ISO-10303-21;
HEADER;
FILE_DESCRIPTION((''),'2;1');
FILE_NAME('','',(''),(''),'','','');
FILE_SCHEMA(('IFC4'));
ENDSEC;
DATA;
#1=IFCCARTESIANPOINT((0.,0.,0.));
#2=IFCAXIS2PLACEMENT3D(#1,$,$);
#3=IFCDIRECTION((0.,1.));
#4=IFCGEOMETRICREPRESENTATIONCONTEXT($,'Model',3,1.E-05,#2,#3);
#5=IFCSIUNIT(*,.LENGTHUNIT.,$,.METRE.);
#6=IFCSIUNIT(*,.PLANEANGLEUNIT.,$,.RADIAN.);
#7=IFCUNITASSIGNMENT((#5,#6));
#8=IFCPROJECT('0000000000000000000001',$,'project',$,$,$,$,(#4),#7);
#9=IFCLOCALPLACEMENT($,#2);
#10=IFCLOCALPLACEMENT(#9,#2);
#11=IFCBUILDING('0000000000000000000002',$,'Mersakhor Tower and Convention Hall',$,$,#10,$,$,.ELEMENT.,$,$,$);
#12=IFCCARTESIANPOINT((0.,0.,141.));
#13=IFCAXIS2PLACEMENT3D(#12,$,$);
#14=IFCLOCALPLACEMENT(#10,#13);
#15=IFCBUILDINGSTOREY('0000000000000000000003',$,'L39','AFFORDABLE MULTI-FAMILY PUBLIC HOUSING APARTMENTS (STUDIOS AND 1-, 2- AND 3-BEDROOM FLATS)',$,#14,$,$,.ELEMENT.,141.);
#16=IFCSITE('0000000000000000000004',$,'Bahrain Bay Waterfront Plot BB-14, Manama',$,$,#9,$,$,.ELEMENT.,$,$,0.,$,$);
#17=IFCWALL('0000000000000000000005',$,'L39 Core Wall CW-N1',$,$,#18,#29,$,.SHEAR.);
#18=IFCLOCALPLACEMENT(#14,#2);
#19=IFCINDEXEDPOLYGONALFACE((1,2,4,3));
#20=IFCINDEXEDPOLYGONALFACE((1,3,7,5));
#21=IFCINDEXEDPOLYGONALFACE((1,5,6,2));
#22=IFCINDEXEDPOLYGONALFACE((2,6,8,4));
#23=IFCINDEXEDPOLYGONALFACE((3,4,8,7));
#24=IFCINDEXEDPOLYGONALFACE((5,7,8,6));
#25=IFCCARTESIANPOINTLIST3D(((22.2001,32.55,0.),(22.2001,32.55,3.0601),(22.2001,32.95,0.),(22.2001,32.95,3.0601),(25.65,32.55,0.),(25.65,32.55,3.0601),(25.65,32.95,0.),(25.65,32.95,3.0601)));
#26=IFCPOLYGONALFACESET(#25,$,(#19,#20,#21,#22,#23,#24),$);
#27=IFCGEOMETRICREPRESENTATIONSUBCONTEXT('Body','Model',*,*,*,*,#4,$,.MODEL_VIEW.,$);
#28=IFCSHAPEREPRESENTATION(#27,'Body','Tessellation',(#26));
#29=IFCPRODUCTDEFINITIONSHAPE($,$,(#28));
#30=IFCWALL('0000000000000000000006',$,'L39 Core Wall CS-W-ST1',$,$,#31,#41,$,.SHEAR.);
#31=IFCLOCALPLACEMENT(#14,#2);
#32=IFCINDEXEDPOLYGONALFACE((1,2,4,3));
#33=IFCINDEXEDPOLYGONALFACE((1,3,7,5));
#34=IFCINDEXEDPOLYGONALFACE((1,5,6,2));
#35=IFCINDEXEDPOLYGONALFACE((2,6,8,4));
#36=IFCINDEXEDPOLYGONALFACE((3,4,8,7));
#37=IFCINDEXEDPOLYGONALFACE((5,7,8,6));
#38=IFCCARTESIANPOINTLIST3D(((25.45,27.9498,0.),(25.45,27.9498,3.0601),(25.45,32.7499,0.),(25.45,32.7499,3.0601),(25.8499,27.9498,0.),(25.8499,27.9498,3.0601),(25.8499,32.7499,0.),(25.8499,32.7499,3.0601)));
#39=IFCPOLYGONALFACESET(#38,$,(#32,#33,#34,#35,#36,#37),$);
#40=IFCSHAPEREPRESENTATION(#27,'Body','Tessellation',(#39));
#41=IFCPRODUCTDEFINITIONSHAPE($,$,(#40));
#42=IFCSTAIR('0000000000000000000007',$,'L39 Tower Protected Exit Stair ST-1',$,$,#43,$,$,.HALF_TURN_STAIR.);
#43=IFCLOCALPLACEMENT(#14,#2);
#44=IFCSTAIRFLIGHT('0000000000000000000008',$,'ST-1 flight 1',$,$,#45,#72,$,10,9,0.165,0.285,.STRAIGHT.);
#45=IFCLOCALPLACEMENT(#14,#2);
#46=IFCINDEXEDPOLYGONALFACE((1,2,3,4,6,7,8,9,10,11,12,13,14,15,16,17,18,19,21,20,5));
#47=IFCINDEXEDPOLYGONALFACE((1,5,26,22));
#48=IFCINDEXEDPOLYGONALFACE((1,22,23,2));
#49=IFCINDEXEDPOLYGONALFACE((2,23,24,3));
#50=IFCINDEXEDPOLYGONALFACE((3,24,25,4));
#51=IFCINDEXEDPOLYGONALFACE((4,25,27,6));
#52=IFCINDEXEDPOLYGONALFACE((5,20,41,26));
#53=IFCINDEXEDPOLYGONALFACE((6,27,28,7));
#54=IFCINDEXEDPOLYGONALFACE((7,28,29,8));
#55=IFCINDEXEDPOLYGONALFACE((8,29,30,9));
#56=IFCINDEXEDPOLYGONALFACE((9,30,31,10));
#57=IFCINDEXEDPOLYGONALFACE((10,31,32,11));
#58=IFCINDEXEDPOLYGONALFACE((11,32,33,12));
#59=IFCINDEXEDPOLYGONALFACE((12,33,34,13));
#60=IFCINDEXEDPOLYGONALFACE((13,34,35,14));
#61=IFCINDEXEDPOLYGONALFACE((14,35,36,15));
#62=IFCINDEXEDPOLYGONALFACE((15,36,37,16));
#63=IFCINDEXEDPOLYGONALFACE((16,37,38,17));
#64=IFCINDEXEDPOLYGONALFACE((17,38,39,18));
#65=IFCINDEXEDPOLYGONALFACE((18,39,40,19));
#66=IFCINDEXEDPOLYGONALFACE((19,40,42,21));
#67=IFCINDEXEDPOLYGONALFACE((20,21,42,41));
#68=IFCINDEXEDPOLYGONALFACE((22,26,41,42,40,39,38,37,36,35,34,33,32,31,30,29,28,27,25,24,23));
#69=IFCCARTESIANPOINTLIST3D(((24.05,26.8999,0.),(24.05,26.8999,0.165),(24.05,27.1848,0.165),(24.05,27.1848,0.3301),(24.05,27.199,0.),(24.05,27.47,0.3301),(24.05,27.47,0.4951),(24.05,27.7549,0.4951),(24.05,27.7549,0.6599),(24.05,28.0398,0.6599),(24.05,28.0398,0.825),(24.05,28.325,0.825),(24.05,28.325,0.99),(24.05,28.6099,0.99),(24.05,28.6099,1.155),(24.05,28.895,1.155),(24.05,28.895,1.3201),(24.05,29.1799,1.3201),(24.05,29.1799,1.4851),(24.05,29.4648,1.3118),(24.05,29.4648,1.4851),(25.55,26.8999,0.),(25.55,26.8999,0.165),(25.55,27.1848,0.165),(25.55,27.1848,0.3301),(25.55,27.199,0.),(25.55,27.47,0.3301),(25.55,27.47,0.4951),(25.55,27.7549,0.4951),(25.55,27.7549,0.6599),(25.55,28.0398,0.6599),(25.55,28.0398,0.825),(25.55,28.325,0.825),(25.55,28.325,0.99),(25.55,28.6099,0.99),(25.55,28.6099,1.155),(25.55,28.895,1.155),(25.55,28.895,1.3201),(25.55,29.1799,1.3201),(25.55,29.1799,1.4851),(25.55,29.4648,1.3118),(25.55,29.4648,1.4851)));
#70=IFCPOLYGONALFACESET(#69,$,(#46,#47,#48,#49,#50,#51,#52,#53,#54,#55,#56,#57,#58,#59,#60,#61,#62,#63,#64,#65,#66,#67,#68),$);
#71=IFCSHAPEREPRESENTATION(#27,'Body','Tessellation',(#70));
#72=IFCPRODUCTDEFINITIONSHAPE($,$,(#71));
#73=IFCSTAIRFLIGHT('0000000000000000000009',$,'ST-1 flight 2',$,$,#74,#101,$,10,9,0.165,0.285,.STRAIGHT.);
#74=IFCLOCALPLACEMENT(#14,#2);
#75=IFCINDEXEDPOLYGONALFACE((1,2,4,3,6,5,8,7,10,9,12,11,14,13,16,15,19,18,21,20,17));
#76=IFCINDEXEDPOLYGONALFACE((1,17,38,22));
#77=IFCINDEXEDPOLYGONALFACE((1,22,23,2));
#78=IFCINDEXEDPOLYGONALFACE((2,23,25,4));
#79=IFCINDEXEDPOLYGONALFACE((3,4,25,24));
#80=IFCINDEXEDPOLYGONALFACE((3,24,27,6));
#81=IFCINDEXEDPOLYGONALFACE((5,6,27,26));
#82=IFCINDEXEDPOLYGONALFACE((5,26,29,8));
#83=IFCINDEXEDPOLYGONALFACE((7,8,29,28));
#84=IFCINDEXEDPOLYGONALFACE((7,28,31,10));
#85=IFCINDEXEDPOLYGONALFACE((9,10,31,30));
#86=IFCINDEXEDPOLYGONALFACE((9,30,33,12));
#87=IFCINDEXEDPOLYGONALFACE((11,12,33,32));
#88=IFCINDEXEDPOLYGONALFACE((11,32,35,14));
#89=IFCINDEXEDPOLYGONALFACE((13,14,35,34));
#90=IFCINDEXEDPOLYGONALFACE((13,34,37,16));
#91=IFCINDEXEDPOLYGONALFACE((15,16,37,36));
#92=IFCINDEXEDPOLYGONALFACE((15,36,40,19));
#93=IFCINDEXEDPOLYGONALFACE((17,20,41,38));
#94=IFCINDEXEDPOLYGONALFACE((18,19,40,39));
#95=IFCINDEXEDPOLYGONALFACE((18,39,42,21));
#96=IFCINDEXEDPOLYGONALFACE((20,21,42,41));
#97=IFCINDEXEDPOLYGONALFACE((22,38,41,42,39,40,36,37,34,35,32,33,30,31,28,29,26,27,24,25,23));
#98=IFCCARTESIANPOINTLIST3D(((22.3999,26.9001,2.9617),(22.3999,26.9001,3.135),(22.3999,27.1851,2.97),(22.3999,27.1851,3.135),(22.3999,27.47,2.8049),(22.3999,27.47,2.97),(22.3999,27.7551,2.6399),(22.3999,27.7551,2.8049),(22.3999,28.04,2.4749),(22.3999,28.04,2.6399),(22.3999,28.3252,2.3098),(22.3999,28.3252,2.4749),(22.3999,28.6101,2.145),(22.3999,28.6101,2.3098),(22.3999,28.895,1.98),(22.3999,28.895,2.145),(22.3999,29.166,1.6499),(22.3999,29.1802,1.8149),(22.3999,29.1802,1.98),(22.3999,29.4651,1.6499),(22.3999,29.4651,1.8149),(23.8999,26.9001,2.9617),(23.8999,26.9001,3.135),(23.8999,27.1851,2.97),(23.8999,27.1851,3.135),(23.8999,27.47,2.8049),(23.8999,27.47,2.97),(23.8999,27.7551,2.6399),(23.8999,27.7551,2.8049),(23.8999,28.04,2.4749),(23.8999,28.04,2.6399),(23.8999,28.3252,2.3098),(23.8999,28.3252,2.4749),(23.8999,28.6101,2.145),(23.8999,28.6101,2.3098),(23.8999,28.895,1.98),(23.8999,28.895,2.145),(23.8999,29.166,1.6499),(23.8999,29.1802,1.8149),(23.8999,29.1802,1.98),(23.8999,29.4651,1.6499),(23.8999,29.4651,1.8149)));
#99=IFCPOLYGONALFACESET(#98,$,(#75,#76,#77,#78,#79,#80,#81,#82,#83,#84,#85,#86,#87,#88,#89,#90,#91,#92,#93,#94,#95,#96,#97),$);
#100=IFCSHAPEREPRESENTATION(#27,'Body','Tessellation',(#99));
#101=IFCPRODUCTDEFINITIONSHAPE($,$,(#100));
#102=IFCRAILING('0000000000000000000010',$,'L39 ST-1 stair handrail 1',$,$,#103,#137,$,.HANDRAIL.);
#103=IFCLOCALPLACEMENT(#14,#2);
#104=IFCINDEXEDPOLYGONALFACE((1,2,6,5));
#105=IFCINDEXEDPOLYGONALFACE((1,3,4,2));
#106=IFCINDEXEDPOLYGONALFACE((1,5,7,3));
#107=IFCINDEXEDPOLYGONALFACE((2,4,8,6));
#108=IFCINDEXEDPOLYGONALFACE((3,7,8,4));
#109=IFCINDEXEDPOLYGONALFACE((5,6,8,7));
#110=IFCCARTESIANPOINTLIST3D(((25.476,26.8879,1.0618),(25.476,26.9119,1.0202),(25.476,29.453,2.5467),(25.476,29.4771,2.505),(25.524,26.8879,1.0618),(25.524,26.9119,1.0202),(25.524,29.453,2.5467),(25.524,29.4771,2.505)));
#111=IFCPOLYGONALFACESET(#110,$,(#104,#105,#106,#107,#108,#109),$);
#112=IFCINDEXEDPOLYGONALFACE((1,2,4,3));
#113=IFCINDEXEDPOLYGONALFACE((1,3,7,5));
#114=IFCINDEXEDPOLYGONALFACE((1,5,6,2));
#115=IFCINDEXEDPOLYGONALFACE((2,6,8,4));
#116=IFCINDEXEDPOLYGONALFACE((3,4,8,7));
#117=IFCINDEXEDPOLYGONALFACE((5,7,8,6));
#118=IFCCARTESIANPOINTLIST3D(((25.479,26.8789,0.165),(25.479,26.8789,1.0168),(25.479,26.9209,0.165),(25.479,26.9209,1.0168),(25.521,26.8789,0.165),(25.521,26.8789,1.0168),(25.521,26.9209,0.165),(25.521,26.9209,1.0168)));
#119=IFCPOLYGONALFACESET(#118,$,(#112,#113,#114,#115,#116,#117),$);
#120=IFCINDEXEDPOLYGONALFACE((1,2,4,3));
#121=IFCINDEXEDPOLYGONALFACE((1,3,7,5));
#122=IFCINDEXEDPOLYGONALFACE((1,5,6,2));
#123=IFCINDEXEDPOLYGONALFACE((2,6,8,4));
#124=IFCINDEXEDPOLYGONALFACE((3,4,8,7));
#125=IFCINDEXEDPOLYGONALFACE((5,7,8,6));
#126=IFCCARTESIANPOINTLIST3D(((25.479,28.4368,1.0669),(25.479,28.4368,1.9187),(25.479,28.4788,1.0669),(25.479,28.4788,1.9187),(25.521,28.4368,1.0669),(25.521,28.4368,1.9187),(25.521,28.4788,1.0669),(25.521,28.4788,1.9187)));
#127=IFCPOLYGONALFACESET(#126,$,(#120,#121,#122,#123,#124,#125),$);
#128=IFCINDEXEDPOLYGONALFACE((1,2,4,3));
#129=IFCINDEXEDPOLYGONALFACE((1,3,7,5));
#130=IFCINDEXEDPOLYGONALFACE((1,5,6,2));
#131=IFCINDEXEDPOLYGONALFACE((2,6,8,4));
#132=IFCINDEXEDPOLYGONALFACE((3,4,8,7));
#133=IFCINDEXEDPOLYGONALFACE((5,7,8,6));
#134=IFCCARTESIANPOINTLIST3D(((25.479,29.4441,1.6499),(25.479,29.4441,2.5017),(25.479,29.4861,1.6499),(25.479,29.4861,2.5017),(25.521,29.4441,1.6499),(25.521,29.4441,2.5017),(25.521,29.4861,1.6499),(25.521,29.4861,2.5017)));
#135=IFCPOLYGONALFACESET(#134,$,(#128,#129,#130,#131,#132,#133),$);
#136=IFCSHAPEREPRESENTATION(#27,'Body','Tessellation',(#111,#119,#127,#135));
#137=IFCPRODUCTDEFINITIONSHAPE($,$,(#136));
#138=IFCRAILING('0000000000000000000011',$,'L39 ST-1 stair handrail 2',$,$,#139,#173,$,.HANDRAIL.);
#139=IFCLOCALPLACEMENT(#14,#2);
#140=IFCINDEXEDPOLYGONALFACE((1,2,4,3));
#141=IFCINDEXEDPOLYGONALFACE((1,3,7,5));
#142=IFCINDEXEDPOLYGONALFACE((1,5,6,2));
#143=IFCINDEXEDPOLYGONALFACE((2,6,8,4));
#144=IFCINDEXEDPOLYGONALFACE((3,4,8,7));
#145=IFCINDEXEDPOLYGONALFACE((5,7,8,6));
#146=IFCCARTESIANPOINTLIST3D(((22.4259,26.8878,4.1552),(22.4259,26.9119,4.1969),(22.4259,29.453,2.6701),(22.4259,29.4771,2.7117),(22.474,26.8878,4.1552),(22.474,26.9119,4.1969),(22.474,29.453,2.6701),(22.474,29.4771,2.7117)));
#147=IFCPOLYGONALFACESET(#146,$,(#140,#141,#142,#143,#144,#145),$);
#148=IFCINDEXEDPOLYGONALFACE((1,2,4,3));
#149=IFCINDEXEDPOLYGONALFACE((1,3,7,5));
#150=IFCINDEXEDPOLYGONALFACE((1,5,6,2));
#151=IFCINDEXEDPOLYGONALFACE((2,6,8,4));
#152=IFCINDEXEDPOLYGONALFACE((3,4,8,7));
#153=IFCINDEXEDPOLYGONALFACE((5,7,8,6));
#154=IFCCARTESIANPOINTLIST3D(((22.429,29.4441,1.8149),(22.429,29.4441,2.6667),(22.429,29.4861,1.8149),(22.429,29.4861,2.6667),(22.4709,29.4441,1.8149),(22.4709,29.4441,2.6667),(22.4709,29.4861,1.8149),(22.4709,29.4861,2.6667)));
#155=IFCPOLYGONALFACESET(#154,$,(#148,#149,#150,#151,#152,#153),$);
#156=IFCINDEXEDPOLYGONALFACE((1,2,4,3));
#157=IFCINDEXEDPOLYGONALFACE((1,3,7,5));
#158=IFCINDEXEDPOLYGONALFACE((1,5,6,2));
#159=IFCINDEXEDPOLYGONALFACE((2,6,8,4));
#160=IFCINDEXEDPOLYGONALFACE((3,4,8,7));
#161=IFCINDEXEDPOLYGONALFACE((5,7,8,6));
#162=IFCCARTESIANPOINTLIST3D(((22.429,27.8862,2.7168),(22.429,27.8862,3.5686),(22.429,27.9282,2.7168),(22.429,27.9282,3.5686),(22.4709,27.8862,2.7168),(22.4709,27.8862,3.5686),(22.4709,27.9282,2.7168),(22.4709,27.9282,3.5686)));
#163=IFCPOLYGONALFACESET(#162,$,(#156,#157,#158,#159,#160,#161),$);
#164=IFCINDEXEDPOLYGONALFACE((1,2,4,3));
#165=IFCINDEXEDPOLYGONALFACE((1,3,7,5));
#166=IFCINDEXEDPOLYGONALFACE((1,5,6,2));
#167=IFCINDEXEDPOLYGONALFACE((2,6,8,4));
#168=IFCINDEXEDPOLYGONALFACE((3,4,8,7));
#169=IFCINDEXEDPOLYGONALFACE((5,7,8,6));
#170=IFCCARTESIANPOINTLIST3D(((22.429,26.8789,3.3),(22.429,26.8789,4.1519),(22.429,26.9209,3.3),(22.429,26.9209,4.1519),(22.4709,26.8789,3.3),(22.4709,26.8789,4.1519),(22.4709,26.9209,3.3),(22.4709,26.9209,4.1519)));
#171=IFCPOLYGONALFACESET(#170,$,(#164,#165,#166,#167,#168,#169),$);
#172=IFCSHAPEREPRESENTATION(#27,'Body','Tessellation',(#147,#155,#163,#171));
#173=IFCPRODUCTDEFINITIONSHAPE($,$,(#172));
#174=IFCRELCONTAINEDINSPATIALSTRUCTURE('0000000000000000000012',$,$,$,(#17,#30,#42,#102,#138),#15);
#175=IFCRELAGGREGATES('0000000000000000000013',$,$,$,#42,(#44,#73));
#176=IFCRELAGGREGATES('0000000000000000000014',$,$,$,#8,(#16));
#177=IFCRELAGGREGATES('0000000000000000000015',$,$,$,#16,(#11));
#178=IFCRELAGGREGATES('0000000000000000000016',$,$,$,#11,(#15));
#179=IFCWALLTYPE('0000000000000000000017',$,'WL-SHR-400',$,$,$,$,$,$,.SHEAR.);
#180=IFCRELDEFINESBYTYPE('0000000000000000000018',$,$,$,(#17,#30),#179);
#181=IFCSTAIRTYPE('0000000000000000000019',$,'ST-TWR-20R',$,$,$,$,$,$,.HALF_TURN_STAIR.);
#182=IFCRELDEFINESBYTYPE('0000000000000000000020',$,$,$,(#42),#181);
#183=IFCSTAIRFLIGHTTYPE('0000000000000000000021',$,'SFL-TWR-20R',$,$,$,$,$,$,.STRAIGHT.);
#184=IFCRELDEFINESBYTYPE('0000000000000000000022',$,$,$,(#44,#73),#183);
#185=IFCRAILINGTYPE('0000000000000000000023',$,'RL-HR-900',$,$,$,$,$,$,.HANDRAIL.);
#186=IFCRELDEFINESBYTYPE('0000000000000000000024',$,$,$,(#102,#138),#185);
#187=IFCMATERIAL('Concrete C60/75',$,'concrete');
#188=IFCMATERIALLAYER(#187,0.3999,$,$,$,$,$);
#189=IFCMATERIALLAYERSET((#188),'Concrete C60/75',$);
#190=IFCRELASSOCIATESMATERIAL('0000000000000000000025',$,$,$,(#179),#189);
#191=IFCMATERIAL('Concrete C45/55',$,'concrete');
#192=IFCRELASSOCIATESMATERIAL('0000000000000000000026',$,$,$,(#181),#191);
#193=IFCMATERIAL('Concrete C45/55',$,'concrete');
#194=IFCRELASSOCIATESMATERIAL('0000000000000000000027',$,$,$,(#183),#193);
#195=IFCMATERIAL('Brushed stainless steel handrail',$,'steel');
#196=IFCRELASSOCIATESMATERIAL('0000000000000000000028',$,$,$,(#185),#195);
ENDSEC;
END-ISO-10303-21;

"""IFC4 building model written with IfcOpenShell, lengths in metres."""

from ifc_helpers import new_model, si_unit, direction, frame, frame_2d, origin, origin_2d, place, context, subcontext, project, spatial, polyline, rectangle, outline, extrude, material, layer, layer_set, type_object, element, aggregate, save


model = new_model("IFC4")

# Units and contexts
model_context = context("Model", 3, precision=1e-05, world=origin(), true_north=direction((0.0, 1.0)))
body_context = subcontext(model_context, "Body", "Model", "MODEL_VIEW")
ifc_project = project(units=[si_unit("LENGTHUNIT", "METRE"), si_unit("PLANEANGLEUNIT", "RADIAN")], contexts=[model_context])

# Site, building, storey
site_placement = place(None, origin())
site = spatial("IfcSite", under=ifc_project, at=site_placement, Name="Bahrain Bay Waterfront Plot BB-14, Manama", CompositionType="ELEMENT", RefElevation=0.0)
building_placement = place(site_placement, origin())
building = spatial("IfcBuilding", under=site, at=building_placement, Name="Mersakhor Tower and Convention Hall", CompositionType="ELEMENT")
storey_placement = place(building_placement, frame((0.0, 0.0, 141.0)))
storey = spatial("IfcBuildingStorey", under=building, at=storey_placement, Name="L39", Description="AFFORDABLE MULTI-FAMILY PUBLIC HOUSING APARTMENTS (STUDIOS AND 1-, 2- AND 3-BEDROOM FLATS)", CompositionType="ELEMENT", Elevation=141.0)

# Wall
ifc_material_1 = material(Name="Concrete C60/75", Category="concrete")
ifc_layer_1 = layer(ifc_material_1, 0.3999)
ifc_layer_set_1 = layer_set([ifc_layer_1], Name="Concrete C60/75")
wall_type_1 = type_object("IfcWallType", Name="WL-SHR-400", PredefinedType="SHEAR", material=ifc_layer_set_1)
wall_1_placement = place(storey_placement, frame((22.2, 32.75, 0.0), z_axis=(0.0, 0.0, 1.0), x_axis=(1.0, 0.0, 0.0)))
element("IfcWall", 1, at=wall_1_placement, inside=storey, type_object=wall_type_1, Name="L39 Core Wall CW-N1", PredefinedType="SHEAR", context=body_context, shape_type="SweptSolid", body=[
    extrude(rectangle(XDim=3.45, YDim=0.3999, at=frame_2d((1.7251, 0.0))), origin(), (0.0, 0.0, 1.0), 3.0601),
])

# Wall
wall_2_placement = place(storey_placement, frame((25.6499, 27.95, 0.0), z_axis=(0.0, 0.0, 1.0), x_axis=(0.0, 1.0, 0.0)))
element("IfcWall", 2, at=wall_2_placement, inside=storey, type_object=wall_type_1, Name="L39 Core Wall CS-W-ST1", PredefinedType="SHEAR", context=body_context, shape_type="SweptSolid", body=[
    extrude(rectangle(XDim=4.8, YDim=0.3999, at=frame_2d((2.3999, 0.0))), origin(), (0.0, 0.0, 1.0), 3.0601),
])

# Stair, stair flights
ifc_material_2 = material(Name="Concrete C45/55", Category="concrete")
stair_type = type_object("IfcStairType", Name="ST-TWR-20R", PredefinedType="HALF_TURN_STAIR", material=ifc_material_2)
stair_placement = place(storey_placement, origin())
stair = element("IfcStair", 3, at=stair_placement, inside=storey, type_object=stair_type, Name="L39 Tower Protected Exit Stair ST-1", PredefinedType="HALF_TURN_STAIR")
ifc_material_3 = material(Name="Concrete C45/55", Category="concrete")
stair_flight_type = type_object("IfcStairFlightType", Name="SFL-TWR-20R", PredefinedType="STRAIGHT", material=ifc_material_3)
stair_flight_1_placement = place(storey_placement, frame((24.8, 26.8999, 0.0), z_axis=(0.0, 0.0, 1.0), x_axis=(0.0, 1.0, 0.0)))
stair_flight_1 = element("IfcStairFlight", 4, at=stair_flight_1_placement, type_object=stair_flight_type, Name="ST-1 flight 1", NumberOfRisers=10, NumberOfTreads=9, PredefinedType="STRAIGHT", RiserHeight=0.165, TreadLength=0.285, context=body_context, shape_type="SweptSolid", body=[
    extrude(outline(polyline([(0.0, 0.0), (0.0, 0.165), (0.2849, 0.165), (0.2849, 0.3301), (0.5701, 0.3301), (0.5701, 0.4951), (0.855, 0.4951), (0.855, 0.6599), (1.1399, 0.6599), (1.1399, 0.825), (1.425, 0.825), (1.425, 0.99), (1.71, 0.99), (1.71, 1.155), (1.9951, 1.155), (1.9951, 1.3201), (2.28, 1.3201), (2.28, 1.4851), (2.5649, 1.4851), (2.5649, 1.6499), (2.5649, 1.3118), (0.2991, 0.0), (0.0, 0.0)])), frame((0.0, 0.75, 0.0), z_axis=(0.0, -1.0, 0.0), x_axis=(1.0, 0.0, 0.0)), (0.0, 0.0, 1.0), 1.5),
])
stair_flight_2_placement = place(storey_placement, frame((23.1499, 29.4651, 1.6499), z_axis=(0.0, 0.0, 1.0), x_axis=(0.0, -1.0, 0.0)))
stair_flight_2 = element("IfcStairFlight", 5, at=stair_flight_2_placement, type_object=stair_flight_type, Name="ST-1 flight 2", NumberOfRisers=10, NumberOfTreads=9, PredefinedType="STRAIGHT", RiserHeight=0.165, TreadLength=0.285, context=body_context, shape_type="SweptSolid", body=[
    extrude(outline(polyline([(0.0, 0.0), (0.0, 0.165), (0.2849, 0.165), (0.2849, 0.3301), (0.5701, 0.3301), (0.5701, 0.4951), (0.855, 0.4951), (0.855, 0.6599), (1.1399, 0.6599), (1.1399, 0.825), (1.425, 0.825), (1.425, 0.99), (1.71, 0.99), (1.71, 1.155), (1.9951, 1.155), (1.9951, 1.3201), (2.28, 1.3201), (2.28, 1.4851), (2.5649, 1.4851), (2.5649, 1.6499), (2.5649, 1.3118), (0.2991, 0.0), (0.0, 0.0)])), frame((0.0, 0.75, 0.0), z_axis=(0.0, -1.0, 0.0), x_axis=(1.0, 0.0, 0.0)), (0.0, 0.0, 1.0), 1.5),
])
aggregate(stair, [stair_flight_1, stair_flight_2])

# Railings
ifc_material_4 = material(Name="Brushed stainless steel handrail", Category="steel")
railing_type_1 = type_object("IfcRailingType", Name="RL-HR-900", PredefinedType="HANDRAIL", material=ifc_material_4)
railing_1_placement = place(storey_placement, frame((25.5, 26.8999, 0.165)))
element("IfcRailing", 6, at=railing_1_placement, inside=storey, type_object=railing_type_1, Name="L39 ST-1 stair handrail 1", PredefinedType="HANDRAIL", context=body_context, shape_type="SweptSolid", body=[
    extrude(rectangle(XDim=0.0481, YDim=0.0481, at=origin_2d()), frame((0.0, 0.0, 0.876), z_axis=(0.0, 0.865462, 0.500975), x_axis=(-1.0, 0.0, 0.0)), (0.0, 0.0, 1.0), 2.9639),
    extrude(rectangle(XDim=0.042, YDim=0.042, at=origin_2d()), origin(), (0.0, 0.0, 1.0), 0.8518),
    extrude(rectangle(XDim=0.042, YDim=0.042, at=origin_2d()), frame((0.0, 1.5579, 0.9019)), (0.0, 0.0, 1.0), 0.8518),
    extrude(rectangle(XDim=0.042, YDim=0.042, at=origin_2d()), frame((0.0, 2.5652, 1.4849)), (0.0, 0.0, 1.0), 0.8518),
])
railing_2_placement = place(storey_placement, frame((22.45, 29.4651, 1.8149)))
element("IfcRailing", 7, at=railing_2_placement, inside=storey, type_object=railing_type_1, Name="L39 ST-1 stair handrail 2", PredefinedType="HANDRAIL", context=body_context, shape_type="SweptSolid", body=[
    extrude(rectangle(XDim=0.0481, YDim=0.0481, at=origin_2d()), frame((0.0, 0.0, 0.876), z_axis=(0.0, -0.865426, 0.501036), x_axis=(1.0, 0.0, 0.0)), (0.0, 0.0, 1.0), 2.9641),
    extrude(rectangle(XDim=0.042, YDim=0.042, at=origin_2d()), origin(), (0.0, 0.0, 1.0), 0.8518),
    extrude(rectangle(XDim=0.042, YDim=0.042, at=origin_2d()), frame((0.0, -1.5579, 0.9019)), (0.0, 0.0, 1.0), 0.8518),
    extrude(rectangle(XDim=0.042, YDim=0.042, at=origin_2d()), frame((0.0, -2.5652, 1.4851)), (0.0, 0.0, 1.0), 0.8518),
])

save(model, "model.ifc")
